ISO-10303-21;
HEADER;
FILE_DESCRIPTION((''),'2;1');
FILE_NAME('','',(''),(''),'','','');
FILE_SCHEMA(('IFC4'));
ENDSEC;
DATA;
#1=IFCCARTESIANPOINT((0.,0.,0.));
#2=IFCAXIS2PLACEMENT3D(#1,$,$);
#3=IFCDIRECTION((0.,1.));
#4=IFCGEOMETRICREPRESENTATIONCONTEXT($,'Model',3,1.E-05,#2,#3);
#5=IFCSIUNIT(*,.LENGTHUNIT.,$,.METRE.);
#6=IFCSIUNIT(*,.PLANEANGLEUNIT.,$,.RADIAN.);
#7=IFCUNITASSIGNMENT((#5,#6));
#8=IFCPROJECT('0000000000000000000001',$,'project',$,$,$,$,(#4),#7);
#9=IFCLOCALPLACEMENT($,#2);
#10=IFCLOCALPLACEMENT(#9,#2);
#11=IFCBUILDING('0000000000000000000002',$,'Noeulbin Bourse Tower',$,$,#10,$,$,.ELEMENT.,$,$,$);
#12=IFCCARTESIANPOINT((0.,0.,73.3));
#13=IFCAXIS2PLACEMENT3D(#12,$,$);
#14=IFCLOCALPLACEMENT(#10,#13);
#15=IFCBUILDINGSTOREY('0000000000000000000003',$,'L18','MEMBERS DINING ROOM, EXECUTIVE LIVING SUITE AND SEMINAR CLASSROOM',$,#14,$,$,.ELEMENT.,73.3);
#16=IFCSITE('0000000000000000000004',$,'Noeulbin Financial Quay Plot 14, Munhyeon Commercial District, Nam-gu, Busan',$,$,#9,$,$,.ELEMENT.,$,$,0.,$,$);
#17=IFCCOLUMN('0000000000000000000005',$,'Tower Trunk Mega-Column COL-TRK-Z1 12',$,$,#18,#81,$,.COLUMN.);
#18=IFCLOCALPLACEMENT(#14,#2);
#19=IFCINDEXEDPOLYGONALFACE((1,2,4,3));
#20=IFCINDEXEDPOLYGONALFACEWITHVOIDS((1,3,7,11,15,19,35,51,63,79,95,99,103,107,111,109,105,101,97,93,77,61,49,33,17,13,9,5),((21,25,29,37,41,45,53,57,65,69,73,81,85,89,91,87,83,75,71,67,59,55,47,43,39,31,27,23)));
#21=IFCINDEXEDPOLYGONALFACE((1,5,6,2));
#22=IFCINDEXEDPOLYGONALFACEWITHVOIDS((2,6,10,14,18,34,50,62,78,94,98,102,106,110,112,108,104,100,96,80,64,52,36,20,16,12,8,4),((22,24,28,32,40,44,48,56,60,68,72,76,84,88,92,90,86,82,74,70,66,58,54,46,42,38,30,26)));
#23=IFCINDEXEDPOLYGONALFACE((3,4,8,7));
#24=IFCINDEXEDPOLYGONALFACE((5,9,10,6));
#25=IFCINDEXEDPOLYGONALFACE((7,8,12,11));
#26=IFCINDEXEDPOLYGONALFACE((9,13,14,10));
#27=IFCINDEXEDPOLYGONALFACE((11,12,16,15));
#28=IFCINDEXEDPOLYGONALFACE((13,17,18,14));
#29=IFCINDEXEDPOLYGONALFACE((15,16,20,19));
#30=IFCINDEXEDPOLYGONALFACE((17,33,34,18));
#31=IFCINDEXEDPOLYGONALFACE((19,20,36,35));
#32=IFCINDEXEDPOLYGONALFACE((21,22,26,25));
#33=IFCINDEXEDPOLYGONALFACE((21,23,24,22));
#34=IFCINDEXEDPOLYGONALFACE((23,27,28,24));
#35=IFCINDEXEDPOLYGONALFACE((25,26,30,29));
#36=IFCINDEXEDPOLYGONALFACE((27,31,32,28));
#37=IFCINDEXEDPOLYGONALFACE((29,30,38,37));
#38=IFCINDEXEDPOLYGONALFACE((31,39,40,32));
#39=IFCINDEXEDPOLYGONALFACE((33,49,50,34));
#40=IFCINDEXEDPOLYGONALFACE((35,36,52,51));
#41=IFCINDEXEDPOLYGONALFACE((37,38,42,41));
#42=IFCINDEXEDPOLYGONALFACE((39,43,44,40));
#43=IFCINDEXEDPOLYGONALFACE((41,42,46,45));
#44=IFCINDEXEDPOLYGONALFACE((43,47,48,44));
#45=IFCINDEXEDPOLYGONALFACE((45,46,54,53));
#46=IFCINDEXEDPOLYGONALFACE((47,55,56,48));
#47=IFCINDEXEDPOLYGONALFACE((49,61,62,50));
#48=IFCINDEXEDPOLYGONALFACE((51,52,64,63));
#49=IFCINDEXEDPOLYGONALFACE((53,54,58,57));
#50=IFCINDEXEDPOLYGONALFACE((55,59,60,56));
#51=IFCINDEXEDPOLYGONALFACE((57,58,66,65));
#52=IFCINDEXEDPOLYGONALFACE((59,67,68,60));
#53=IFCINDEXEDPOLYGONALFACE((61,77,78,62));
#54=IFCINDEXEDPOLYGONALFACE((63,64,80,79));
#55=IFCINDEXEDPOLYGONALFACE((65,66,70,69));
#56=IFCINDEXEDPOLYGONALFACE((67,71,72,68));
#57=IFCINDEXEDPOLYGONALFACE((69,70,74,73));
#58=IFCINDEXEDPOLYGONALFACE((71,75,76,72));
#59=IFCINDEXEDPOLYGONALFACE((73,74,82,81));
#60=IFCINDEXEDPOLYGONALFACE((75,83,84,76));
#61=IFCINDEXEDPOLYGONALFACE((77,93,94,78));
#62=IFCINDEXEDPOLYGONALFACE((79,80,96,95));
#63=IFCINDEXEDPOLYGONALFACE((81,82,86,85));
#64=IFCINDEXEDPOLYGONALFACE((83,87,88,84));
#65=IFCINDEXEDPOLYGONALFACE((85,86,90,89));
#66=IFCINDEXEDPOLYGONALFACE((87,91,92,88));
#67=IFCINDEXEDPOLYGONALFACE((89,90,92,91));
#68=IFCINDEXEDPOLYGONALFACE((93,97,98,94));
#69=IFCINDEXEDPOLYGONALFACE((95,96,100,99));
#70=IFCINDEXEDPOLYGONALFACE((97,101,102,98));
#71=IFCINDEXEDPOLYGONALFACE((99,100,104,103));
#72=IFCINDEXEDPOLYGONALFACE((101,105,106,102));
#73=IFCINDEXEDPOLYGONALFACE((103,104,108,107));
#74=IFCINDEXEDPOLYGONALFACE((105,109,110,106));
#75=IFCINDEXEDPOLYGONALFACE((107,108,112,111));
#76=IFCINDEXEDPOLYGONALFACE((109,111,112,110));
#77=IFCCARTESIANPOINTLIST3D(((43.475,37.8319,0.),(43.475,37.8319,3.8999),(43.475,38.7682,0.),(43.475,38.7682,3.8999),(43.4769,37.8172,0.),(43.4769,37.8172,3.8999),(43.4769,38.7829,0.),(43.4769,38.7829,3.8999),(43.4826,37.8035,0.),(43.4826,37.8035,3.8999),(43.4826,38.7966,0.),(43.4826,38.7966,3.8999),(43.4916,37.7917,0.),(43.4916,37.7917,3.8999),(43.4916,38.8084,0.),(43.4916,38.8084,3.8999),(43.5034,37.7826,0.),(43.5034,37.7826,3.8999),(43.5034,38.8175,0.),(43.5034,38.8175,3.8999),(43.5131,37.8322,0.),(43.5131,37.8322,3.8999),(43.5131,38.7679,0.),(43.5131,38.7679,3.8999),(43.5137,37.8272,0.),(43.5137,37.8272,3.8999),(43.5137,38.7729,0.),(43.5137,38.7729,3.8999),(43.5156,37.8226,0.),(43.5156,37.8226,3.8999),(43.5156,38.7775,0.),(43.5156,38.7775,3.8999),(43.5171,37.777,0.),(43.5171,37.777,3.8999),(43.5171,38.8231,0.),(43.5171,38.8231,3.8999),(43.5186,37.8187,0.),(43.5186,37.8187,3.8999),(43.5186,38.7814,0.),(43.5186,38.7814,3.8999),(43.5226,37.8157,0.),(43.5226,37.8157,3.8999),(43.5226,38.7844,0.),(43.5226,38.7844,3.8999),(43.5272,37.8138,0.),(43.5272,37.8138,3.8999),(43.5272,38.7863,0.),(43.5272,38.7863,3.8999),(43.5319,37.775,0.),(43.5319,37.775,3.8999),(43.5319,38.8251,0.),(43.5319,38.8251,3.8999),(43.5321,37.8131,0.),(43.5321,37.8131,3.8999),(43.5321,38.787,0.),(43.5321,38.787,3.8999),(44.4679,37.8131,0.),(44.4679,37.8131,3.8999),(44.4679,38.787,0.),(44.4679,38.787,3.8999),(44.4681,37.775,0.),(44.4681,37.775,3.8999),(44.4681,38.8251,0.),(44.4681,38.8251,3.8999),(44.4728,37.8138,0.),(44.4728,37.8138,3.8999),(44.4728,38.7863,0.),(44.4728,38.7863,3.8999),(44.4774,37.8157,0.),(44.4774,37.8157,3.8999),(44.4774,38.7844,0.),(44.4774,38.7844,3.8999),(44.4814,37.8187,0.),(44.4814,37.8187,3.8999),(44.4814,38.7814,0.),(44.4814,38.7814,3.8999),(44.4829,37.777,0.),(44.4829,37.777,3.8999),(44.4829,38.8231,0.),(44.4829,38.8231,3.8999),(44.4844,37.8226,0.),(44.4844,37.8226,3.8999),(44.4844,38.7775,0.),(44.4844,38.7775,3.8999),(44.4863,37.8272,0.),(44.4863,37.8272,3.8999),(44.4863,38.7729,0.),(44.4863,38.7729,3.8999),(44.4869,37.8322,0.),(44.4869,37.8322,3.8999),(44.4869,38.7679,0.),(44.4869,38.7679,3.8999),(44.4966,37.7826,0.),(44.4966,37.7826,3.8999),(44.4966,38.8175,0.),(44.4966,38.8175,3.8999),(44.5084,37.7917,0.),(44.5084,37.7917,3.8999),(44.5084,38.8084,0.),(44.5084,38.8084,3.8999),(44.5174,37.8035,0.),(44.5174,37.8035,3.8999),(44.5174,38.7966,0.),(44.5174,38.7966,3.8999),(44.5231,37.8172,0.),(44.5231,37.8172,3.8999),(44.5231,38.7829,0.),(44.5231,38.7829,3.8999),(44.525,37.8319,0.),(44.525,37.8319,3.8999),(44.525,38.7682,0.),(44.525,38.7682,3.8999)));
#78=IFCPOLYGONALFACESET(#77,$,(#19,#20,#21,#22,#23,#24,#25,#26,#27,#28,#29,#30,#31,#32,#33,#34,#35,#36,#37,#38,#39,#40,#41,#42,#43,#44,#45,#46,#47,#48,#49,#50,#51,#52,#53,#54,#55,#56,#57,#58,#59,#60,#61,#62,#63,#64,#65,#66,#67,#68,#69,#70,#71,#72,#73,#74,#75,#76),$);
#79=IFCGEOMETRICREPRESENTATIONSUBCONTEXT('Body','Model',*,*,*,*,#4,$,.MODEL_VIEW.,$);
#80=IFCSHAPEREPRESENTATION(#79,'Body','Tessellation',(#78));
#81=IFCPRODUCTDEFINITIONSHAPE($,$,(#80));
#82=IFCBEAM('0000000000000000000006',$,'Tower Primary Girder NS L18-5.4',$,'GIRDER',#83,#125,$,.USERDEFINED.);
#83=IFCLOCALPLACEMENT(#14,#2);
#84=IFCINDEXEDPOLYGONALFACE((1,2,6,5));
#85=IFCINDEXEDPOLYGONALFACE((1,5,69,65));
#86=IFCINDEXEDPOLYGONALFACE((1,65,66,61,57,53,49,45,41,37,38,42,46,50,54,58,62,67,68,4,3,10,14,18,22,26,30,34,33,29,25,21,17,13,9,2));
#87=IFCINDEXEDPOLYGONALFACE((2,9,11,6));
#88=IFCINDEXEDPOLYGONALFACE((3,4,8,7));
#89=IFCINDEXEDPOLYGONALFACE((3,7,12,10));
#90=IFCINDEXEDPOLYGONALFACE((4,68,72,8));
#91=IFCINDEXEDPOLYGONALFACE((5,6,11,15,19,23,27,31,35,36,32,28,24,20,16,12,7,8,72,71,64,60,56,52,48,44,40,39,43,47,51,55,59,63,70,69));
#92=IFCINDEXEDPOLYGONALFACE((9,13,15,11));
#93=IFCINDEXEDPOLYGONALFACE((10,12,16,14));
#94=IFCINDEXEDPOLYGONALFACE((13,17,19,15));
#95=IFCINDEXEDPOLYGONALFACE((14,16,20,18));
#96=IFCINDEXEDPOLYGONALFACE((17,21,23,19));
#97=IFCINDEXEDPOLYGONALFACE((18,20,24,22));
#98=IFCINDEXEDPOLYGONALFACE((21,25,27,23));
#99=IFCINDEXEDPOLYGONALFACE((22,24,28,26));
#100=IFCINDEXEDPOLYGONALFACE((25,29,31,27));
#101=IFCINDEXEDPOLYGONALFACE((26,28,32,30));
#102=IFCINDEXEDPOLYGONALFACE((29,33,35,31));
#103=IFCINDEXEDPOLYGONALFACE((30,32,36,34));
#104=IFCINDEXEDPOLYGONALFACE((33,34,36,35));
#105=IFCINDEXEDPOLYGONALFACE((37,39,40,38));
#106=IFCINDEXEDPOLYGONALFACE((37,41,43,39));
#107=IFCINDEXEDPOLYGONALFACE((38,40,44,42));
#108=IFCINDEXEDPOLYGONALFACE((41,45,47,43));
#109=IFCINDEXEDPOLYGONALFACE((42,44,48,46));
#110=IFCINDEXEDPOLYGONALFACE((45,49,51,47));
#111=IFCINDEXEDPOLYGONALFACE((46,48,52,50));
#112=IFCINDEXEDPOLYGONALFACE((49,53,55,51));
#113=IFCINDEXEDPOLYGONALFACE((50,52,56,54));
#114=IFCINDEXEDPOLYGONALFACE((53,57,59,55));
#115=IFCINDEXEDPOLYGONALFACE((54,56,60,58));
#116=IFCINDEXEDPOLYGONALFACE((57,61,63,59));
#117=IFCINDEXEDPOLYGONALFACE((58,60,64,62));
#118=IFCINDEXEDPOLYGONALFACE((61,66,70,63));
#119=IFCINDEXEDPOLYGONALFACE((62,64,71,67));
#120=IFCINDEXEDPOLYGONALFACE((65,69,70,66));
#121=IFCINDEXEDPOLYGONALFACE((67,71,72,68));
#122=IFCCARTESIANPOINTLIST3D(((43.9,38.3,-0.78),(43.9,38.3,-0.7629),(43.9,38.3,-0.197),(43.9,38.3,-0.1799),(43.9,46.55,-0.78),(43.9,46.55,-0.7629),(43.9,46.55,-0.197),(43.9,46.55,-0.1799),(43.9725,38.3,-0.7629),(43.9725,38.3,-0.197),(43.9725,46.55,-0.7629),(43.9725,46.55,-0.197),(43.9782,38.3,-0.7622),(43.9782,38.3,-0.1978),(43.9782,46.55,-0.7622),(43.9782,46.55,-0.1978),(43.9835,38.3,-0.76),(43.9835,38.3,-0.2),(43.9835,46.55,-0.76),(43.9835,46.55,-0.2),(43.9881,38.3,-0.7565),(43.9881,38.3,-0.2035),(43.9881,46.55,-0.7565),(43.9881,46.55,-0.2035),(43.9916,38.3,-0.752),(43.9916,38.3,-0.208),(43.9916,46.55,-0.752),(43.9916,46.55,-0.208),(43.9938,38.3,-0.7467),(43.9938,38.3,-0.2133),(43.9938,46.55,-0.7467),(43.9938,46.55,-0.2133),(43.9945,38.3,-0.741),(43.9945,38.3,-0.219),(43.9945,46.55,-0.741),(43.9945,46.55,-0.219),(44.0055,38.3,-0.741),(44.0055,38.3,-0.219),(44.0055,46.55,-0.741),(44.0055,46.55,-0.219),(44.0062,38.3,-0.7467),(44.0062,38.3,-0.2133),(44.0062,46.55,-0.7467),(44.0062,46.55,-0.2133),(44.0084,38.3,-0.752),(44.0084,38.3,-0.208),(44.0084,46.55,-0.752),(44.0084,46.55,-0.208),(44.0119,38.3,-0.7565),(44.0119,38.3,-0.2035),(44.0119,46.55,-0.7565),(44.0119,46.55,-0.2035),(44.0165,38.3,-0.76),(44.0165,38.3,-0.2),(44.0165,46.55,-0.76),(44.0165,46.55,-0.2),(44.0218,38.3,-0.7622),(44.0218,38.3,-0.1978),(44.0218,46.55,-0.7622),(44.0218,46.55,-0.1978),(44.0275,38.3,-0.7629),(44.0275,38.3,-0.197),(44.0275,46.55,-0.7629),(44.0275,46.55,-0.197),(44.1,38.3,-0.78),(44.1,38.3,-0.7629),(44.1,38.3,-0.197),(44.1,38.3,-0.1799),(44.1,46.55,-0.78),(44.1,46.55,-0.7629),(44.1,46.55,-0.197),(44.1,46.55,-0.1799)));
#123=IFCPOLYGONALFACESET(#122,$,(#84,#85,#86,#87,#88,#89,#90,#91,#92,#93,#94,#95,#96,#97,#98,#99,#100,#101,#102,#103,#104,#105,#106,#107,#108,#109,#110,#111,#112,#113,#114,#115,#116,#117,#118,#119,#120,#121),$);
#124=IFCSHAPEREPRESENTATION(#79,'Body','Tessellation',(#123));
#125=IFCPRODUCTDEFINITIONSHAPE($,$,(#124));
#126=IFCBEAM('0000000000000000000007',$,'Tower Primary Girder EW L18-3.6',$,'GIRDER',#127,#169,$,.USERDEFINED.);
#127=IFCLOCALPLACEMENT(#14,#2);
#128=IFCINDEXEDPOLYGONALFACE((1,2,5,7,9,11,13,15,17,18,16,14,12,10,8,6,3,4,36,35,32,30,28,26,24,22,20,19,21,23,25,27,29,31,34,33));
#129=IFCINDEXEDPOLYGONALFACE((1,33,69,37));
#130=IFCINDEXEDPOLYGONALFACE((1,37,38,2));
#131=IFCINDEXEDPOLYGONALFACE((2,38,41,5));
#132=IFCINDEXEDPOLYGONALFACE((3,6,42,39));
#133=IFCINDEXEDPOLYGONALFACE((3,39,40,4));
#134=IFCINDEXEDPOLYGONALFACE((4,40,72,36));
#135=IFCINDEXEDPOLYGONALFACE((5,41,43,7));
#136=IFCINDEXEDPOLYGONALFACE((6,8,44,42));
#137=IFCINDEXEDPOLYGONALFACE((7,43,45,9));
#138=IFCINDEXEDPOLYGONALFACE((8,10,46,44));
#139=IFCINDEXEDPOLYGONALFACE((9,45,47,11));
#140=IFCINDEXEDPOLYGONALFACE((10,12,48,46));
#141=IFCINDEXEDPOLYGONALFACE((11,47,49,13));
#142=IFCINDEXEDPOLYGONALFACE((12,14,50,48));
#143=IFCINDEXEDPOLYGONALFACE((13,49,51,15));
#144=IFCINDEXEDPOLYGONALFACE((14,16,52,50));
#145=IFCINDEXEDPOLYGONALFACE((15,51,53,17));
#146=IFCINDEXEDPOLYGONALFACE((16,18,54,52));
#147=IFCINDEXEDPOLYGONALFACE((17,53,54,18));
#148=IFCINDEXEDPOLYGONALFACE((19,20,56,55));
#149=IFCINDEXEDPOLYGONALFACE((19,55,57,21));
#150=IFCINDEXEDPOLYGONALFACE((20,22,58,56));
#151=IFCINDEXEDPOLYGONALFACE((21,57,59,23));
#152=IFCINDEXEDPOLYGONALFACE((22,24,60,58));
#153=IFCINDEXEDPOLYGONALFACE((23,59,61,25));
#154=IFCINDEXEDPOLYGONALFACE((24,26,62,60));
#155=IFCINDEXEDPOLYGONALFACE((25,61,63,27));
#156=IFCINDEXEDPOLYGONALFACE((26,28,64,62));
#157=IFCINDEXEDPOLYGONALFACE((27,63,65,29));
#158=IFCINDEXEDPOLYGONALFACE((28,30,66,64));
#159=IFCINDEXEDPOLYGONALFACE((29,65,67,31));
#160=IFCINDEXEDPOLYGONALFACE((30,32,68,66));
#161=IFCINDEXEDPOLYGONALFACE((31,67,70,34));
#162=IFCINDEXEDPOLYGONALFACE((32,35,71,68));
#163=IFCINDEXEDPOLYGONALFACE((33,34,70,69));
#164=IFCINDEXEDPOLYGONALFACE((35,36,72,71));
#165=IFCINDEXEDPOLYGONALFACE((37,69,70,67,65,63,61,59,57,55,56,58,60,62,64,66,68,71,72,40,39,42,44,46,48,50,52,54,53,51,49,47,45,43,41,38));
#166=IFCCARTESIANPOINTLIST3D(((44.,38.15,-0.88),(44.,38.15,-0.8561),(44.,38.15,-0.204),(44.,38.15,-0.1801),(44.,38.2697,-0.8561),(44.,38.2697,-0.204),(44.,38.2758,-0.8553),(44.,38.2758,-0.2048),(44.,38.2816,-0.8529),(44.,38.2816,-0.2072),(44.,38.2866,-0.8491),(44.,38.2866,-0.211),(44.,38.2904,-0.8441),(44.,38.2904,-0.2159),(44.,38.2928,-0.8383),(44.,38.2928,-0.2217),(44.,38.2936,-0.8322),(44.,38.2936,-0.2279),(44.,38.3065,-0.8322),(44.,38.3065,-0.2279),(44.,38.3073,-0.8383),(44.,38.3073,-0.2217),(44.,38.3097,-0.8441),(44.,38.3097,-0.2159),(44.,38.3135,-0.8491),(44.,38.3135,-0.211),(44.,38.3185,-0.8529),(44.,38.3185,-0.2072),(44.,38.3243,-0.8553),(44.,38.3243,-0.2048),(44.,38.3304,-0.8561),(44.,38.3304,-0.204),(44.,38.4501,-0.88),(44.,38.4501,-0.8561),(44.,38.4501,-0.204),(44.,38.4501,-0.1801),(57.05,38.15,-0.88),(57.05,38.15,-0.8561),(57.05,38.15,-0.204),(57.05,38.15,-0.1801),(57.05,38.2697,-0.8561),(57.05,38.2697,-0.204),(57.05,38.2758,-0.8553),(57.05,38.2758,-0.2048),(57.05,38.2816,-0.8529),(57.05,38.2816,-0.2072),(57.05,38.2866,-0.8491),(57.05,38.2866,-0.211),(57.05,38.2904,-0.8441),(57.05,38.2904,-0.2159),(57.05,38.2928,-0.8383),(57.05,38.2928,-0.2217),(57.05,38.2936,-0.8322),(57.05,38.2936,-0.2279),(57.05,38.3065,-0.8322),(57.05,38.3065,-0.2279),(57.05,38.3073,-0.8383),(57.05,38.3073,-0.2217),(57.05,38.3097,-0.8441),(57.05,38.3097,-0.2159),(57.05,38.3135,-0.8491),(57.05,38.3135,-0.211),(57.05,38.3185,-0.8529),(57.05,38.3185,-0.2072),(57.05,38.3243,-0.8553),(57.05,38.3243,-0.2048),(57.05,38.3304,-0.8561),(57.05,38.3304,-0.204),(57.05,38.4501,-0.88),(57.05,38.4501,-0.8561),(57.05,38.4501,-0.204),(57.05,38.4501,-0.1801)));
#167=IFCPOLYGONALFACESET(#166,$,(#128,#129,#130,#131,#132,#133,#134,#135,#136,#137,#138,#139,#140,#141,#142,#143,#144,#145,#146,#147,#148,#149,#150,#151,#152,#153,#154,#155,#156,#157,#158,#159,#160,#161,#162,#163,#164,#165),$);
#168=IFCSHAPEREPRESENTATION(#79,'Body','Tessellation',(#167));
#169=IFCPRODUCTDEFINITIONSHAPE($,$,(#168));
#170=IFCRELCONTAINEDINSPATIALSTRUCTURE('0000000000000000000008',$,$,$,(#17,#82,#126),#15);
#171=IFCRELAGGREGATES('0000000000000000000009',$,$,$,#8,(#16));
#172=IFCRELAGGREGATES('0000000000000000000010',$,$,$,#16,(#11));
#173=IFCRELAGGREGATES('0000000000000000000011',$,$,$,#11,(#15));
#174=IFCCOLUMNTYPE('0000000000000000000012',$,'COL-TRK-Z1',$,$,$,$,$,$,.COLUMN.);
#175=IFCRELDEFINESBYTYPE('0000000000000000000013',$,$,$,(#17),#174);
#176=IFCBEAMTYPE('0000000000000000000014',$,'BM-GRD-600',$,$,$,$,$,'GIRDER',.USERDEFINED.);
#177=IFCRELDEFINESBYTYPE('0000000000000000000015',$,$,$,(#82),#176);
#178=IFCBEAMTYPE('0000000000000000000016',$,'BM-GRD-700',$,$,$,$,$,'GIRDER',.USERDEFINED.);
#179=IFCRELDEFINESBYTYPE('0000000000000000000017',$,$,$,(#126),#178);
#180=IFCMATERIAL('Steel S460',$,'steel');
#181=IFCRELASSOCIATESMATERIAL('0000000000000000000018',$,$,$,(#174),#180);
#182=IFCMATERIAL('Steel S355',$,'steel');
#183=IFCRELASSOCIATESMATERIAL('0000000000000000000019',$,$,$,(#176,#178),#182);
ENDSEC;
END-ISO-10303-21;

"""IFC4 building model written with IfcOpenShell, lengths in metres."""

from ifc_helpers import new_model, si_unit, direction, frame, origin, origin_2d, place, context, subcontext, project, spatial, hollow_rectangle, i_section, extrude, material, material_profile, profile_set, type_object, element, save


model = new_model("IFC4")

# Units and contexts
model_context = context("Model", 3, precision=1e-05, world=origin(), true_north=direction((0.0, 1.0)))
body_context = subcontext(model_context, "Body", "Model", "MODEL_VIEW")
ifc_project = project(units=[si_unit("LENGTHUNIT", "METRE"), si_unit("PLANEANGLEUNIT", "RADIAN")], contexts=[model_context])

# Site, building, storey
site_placement = place(None, origin())
site = spatial("IfcSite", under=ifc_project, at=site_placement, Name="Noeulbin Financial Quay Plot 14, Munhyeon Commercial District, Nam-gu, Busan", CompositionType="ELEMENT", RefElevation=0.0)
building_placement = place(site_placement, origin())
building = spatial("IfcBuilding", under=site, at=building_placement, Name="Noeulbin Bourse Tower", CompositionType="ELEMENT")
storey_placement = place(building_placement, frame((0.0, 0.0, 73.3)))
storey = spatial("IfcBuildingStorey", under=building, at=storey_placement, Name="L18", Description="MEMBERS DINING ROOM, EXECUTIVE LIVING SUITE AND SEMINAR CLASSROOM", CompositionType="ELEMENT", Elevation=73.3)

# Column
ifc_material_1 = material(Name="Steel S460", Category="steel")
ifc_material_profile_1 = material_profile(ifc_material_1, hollow_rectangle(XDim=1.05, YDim=1.05, WallThickness=0.0381, InnerFilletRadius=0.019, OuterFilletRadius=0.0569, at=origin_2d()), Name="BOX-1050x1050x38", Category="LoadBearing")
ifc_profile_set_1 = profile_set([ifc_material_profile_1], Name="Steel S460")
column_type_1 = type_object("IfcColumnType", Name="COL-TRK-Z1", PredefinedType="COLUMN", material=ifc_profile_set_1)
column_placement = place(storey_placement, frame((44.0, 38.3, 0.0), z_axis=(0.0, 0.0, 1.0), x_axis=(1.0, 0.0, 0.0)))
element("IfcColumn", 1, at=column_placement, inside=storey, type_object=column_type_1, Name="Tower Trunk Mega-Column COL-TRK-Z1 12", PredefinedType="COLUMN", context=body_context, shape_type="SweptSolid", body=[
    extrude(hollow_rectangle(XDim=1.05, YDim=1.05, WallThickness=0.0381, InnerFilletRadius=0.019, OuterFilletRadius=0.0569, at=origin_2d()), origin(), (0.0, 0.0, 1.0), 3.8999),
])

# Beams
ifc_material_2 = material(Name="Steel S355", Category="steel")
ifc_material_profile_2 = material_profile(ifc_material_2, i_section(OverallWidth=0.2, OverallDepth=0.6001, WebThickness=0.011, FlangeThickness=0.0171, FilletRadius=0.022, at=origin_2d()), Name="H-600x200x11x17", Category="LoadBearing")
ifc_profile_set_2 = profile_set([ifc_material_profile_2], Name="Steel S355")
beam_type_1 = type_object("IfcBeamType", Name="BM-GRD-600", ElementType="GIRDER", PredefinedType="USERDEFINED", material=ifc_profile_set_2)
beam_1_placement = place(storey_placement, frame((44.0, 38.3, -0.48), z_axis=(0.0, 1.0, 0.0), x_axis=(-1.0, 0.0, 0.0)))
element("IfcBeam", 2, at=beam_1_placement, inside=storey, type_object=beam_type_1, Name="Tower Primary Girder NS L18-5.4", ObjectType="GIRDER", PredefinedType="USERDEFINED", context=body_context, shape_type="SweptSolid", body=[
    extrude(i_section(OverallWidth=0.2, OverallDepth=0.6001, WebThickness=0.011, FlangeThickness=0.0171, FilletRadius=0.022, at=origin_2d()), origin(), (0.0, 0.0, 1.0), 8.25),
])
ifc_material_profile_3 = material_profile(ifc_material_2, i_section(OverallWidth=0.3, OverallDepth=0.7, WebThickness=0.0129, FlangeThickness=0.0239, FilletRadius=0.0239, at=origin_2d()), Name="H-700x300x13x24", Category="LoadBearing")
ifc_profile_set_3 = profile_set([ifc_material_profile_3], Name="Steel S355")
beam_type_2 = type_object("IfcBeamType", Name="BM-GRD-700", ElementType="GIRDER", PredefinedType="USERDEFINED", material=ifc_profile_set_3)
beam_2_placement = place(storey_placement, frame((44.0, 38.3, -0.53), z_axis=(1.0, 0.0, 0.0), x_axis=(0.0, 1.0, 0.0)))
element("IfcBeam", 3, at=beam_2_placement, inside=storey, type_object=beam_type_2, Name="Tower Primary Girder EW L18-3.6", ObjectType="GIRDER", PredefinedType="USERDEFINED", context=body_context, shape_type="SweptSolid", body=[
    extrude(i_section(OverallWidth=0.3, OverallDepth=0.7, WebThickness=0.0129, FlangeThickness=0.0239, FilletRadius=0.0239, at=origin_2d()), origin(), (0.0, 0.0, 1.0), 13.05),
])

save(model, "model.ifc")
